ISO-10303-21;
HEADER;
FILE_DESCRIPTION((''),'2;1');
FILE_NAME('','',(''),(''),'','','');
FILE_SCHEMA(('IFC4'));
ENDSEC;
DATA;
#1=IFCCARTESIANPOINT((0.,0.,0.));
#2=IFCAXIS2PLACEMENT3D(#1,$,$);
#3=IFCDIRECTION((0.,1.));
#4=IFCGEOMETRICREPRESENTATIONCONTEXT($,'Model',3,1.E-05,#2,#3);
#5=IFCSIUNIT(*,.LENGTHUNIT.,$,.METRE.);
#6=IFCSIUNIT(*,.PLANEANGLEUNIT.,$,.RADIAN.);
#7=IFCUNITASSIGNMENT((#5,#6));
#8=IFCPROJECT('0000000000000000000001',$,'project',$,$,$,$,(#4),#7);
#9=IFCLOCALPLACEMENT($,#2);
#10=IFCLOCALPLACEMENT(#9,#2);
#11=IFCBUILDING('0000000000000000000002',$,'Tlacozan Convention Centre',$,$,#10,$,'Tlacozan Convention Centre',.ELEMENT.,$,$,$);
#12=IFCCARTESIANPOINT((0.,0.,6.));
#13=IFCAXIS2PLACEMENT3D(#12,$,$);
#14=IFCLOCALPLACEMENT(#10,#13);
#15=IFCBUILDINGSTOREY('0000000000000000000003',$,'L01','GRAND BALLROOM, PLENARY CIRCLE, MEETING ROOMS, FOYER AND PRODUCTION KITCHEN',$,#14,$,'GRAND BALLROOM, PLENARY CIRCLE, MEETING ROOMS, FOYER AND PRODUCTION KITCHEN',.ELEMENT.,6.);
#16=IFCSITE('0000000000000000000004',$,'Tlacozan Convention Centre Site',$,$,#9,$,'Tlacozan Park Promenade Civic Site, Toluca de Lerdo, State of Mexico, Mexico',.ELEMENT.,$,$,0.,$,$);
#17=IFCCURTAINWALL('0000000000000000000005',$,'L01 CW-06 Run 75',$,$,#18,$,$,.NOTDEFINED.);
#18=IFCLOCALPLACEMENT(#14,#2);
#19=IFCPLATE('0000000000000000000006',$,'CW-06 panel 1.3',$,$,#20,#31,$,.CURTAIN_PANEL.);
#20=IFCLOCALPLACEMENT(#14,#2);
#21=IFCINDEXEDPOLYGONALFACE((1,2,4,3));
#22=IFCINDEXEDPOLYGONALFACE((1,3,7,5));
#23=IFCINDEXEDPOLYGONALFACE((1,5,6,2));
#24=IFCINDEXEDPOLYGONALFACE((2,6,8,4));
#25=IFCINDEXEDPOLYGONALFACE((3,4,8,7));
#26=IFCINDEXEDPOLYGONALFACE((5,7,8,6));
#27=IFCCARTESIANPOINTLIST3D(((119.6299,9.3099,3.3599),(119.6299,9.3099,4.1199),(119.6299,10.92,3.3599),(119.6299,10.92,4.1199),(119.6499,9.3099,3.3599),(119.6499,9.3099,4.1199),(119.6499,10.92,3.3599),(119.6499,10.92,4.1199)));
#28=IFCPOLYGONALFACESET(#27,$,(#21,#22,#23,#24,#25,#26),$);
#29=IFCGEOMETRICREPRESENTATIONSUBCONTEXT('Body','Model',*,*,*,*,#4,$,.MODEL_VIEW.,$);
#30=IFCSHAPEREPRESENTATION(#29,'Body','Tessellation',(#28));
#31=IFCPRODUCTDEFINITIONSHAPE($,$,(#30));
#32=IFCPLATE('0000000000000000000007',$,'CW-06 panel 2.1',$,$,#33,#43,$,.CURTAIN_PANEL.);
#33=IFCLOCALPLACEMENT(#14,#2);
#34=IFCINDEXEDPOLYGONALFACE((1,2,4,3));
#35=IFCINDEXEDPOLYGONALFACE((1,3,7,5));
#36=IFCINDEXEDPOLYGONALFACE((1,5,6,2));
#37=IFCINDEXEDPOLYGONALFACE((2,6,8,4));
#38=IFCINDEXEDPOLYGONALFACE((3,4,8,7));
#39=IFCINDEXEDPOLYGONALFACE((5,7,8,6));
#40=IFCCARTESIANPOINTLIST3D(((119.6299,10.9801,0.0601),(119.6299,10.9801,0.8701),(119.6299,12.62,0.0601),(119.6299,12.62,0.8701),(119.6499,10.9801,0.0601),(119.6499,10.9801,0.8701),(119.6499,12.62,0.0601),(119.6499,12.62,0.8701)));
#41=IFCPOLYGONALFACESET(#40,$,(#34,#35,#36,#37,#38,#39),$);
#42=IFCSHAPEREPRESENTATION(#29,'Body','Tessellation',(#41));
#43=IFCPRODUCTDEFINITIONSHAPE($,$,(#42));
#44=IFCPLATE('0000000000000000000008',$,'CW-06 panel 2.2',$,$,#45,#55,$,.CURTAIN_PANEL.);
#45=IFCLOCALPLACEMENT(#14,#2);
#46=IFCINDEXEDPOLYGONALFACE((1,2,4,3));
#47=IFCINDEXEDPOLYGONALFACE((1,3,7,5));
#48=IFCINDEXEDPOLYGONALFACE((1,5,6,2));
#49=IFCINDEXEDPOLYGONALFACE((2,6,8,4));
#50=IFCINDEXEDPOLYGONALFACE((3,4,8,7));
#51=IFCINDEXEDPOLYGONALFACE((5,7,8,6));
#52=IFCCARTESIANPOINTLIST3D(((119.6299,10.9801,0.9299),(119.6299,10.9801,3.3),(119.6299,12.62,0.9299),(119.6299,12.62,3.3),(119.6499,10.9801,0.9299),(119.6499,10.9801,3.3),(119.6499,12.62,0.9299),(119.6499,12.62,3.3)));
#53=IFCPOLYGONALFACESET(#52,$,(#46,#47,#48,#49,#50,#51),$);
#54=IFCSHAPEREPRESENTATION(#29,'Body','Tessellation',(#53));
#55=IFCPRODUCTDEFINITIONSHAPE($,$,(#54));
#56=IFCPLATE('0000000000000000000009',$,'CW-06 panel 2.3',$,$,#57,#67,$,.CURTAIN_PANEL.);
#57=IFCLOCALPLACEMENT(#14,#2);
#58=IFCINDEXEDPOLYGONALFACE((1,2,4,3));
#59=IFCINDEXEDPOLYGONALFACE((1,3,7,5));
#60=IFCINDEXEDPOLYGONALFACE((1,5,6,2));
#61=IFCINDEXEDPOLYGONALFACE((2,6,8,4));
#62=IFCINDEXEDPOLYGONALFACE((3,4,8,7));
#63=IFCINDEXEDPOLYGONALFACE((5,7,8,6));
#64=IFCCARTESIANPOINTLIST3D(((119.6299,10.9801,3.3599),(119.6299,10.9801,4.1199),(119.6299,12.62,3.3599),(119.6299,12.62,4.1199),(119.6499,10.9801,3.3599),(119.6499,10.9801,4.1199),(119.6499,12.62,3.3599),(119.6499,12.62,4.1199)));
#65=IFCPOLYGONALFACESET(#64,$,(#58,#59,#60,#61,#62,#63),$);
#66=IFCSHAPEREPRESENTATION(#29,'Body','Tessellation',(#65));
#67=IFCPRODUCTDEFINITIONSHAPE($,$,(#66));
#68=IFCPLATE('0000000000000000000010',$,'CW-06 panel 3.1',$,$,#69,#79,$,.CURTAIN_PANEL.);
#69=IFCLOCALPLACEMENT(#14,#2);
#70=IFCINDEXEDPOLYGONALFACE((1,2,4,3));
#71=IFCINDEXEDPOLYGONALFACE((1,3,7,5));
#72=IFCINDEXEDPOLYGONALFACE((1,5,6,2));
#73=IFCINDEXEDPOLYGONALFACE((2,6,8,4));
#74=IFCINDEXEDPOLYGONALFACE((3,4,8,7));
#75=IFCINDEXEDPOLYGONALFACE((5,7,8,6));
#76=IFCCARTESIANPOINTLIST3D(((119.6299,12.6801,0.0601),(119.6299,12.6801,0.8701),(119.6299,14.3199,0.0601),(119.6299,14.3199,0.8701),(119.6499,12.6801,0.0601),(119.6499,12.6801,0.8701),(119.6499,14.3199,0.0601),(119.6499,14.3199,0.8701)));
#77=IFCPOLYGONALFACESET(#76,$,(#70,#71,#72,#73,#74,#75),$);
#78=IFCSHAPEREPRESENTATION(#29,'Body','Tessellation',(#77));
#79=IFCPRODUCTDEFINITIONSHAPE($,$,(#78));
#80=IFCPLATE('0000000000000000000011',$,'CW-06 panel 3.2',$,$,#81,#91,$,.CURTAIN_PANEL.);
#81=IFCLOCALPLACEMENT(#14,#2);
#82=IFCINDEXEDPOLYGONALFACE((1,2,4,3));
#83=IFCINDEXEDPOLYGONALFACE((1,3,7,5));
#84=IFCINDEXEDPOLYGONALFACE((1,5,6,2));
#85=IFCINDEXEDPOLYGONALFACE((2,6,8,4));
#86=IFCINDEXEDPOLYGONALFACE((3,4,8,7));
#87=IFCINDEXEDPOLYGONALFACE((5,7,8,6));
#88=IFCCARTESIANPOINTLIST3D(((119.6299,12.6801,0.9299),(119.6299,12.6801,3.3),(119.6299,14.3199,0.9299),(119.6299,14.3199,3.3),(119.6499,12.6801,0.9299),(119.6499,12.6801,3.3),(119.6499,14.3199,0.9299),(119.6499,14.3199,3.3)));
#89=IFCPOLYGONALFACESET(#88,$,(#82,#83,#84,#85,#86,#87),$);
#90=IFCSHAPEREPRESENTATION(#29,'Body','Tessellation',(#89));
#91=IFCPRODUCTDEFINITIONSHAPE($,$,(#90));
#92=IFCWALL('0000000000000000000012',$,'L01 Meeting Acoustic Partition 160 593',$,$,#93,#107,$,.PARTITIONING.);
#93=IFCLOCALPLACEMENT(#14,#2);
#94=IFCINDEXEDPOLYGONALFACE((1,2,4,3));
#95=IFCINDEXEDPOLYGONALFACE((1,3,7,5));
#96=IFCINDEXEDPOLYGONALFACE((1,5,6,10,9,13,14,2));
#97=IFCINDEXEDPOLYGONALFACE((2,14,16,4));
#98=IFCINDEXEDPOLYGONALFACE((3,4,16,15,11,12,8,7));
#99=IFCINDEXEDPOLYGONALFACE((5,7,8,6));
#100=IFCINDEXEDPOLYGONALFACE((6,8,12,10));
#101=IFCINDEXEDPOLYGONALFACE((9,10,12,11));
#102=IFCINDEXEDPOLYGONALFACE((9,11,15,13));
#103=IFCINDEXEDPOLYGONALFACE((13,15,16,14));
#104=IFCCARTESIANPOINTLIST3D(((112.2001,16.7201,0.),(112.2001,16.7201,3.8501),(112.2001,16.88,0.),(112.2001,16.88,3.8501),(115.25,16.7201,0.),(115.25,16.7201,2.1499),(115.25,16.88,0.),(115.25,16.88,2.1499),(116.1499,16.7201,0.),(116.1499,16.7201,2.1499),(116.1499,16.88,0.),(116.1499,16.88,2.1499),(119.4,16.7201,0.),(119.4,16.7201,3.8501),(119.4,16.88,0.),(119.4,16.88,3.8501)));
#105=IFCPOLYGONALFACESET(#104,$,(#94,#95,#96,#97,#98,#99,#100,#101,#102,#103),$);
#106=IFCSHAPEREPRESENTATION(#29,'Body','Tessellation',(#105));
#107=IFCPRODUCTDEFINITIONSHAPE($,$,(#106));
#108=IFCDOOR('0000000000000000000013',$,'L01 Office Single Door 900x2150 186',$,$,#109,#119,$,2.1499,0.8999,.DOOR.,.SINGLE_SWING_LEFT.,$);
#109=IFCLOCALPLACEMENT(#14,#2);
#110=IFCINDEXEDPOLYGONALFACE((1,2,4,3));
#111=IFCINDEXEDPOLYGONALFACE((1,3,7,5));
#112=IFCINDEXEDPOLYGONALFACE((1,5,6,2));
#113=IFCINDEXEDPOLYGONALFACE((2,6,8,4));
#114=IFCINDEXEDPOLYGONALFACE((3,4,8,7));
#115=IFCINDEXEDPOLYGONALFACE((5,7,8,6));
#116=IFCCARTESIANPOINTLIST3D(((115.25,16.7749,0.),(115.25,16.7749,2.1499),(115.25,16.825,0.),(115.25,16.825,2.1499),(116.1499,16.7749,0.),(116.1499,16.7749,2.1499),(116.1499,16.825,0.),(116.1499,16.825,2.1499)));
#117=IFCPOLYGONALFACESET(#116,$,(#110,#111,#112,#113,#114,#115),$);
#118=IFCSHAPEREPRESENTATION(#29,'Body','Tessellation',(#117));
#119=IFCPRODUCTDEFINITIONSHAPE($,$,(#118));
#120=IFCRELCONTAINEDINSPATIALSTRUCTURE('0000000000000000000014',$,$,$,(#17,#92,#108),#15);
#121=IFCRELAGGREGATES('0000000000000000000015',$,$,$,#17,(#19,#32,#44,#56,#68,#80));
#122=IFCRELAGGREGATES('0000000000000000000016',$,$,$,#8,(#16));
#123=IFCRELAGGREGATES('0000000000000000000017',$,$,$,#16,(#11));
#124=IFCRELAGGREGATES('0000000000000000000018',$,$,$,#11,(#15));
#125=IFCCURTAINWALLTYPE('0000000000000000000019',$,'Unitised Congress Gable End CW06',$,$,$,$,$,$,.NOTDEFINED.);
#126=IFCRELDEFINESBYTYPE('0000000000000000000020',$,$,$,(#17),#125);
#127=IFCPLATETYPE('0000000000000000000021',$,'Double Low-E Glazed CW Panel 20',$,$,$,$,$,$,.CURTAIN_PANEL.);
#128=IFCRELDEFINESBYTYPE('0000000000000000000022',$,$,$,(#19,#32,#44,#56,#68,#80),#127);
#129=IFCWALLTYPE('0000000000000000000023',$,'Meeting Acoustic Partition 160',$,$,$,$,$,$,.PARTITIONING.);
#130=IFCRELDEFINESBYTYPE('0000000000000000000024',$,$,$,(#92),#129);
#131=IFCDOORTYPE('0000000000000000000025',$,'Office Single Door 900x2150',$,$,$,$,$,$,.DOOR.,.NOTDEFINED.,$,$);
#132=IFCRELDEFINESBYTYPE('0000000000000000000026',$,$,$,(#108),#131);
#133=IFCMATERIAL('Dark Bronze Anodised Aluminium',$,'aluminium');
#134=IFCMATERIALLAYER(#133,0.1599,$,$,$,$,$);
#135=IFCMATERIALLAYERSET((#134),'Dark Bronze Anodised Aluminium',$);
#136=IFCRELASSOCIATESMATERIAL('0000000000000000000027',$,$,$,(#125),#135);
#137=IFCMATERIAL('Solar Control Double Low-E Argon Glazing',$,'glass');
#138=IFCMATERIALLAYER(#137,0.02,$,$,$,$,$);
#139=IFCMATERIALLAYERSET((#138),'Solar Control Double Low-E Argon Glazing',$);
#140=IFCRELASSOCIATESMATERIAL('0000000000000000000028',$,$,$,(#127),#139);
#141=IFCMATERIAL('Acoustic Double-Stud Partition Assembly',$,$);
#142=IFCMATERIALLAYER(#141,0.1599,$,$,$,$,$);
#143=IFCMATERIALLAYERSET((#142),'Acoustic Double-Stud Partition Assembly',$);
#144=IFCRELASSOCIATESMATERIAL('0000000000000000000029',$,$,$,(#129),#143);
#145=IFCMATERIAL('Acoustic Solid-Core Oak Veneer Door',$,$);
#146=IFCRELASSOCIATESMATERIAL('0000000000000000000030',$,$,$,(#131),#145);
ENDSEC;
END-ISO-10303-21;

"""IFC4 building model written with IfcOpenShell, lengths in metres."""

from ifc_helpers import new_model, si_unit, direction, frame, frame_2d, origin, origin_2d, place, context, subcontext, project, spatial, rectangle, extrude, material, layer, layer_set, type_object, element, fill, aggregate, save


model = new_model("IFC4")

# Units and contexts
model_context = context("Model", 3, precision=1e-05, world=origin(), true_north=direction((0.0, 1.0)))
body_context = subcontext(model_context, "Body", "Model", "MODEL_VIEW")
ifc_project = project(units=[si_unit("LENGTHUNIT", "METRE"), si_unit("PLANEANGLEUNIT", "RADIAN")], contexts=[model_context])

# Site, building, storey
site_placement = place(None, origin())
site = spatial("IfcSite", under=ifc_project, at=site_placement, Name="Tlacozan Convention Centre Site", LongName="Tlacozan Park Promenade Civic Site, Toluca de Lerdo, State of Mexico, Mexico", CompositionType="ELEMENT", RefElevation=0.0)
building_placement = place(site_placement, origin())
building = spatial("IfcBuilding", under=site, at=building_placement, Name="Tlacozan Convention Centre", LongName="Tlacozan Convention Centre", CompositionType="ELEMENT")
storey_placement = place(building_placement, frame((0.0, 0.0, 6.0)))
storey = spatial("IfcBuildingStorey", under=building, at=storey_placement, Name="L01", Description="GRAND BALLROOM, PLENARY CIRCLE, MEETING ROOMS, FOYER AND PRODUCTION KITCHEN", LongName="GRAND BALLROOM, PLENARY CIRCLE, MEETING ROOMS, FOYER AND PRODUCTION KITCHEN", CompositionType="ELEMENT", Elevation=6.0)

# Curtain wall
ifc_material_1 = material(Name="Dark Bronze Anodised Aluminium", Category="aluminium")
ifc_layer_1 = layer(ifc_material_1, 0.1599)
ifc_layer_set_1 = layer_set([ifc_layer_1], Name="Dark Bronze Anodised Aluminium")
curtain_wall_type = type_object("IfcCurtainWallType", Name="Unitised Congress Gable End CW06", PredefinedType="NOTDEFINED", material=ifc_layer_set_1)
curtain_wall_placement = place(storey_placement, origin())
curtain_wall = element("IfcCurtainWall", 1, at=curtain_wall_placement, inside=storey, type_object=curtain_wall_type, Name="L01 CW-06 Run 75", PredefinedType="NOTDEFINED")

# Plates
ifc_material_2 = material(Name="Solar Control Double Low-E Argon Glazing", Category="glass")
ifc_layer_2 = layer(ifc_material_2, 0.02)
ifc_layer_set_2 = layer_set([ifc_layer_2], Name="Solar Control Double Low-E Argon Glazing")
plate_type = type_object("IfcPlateType", Name="Double Low-E Glazed CW Panel 20", PredefinedType="CURTAIN_PANEL", material=ifc_layer_set_2)
plate_1_placement = place(storey_placement, frame((119.6399, 10.115, 3.3599), z_axis=(0.0, 0.0, 1.0), x_axis=(0.0, 1.0, 0.0)))
plate_1 = element("IfcPlate", 2, at=plate_1_placement, type_object=plate_type, Name="CW-06 panel 1.3", PredefinedType="CURTAIN_PANEL", context=body_context, shape_type="SweptSolid", body=[
    extrude(rectangle(XDim=1.6101, YDim=0.02, at=origin_2d()), origin(), (0.0, 0.0, 1.0), 0.76),
])
plate_2_placement = place(storey_placement, frame((119.6399, 11.8, 0.0601), z_axis=(0.0, 0.0, 1.0), x_axis=(0.0, 1.0, 0.0)))
plate_2 = element("IfcPlate", 3, at=plate_2_placement, type_object=plate_type, Name="CW-06 panel 2.1", PredefinedType="CURTAIN_PANEL", context=body_context, shape_type="SweptSolid", body=[
    extrude(rectangle(XDim=1.6399, YDim=0.02, at=origin_2d()), origin(), (0.0, 0.0, 1.0), 0.8101),
])
plate_3_placement = place(storey_placement, frame((119.6399, 11.8, 0.9299), z_axis=(0.0, 0.0, 1.0), x_axis=(0.0, 1.0, 0.0)))
plate_3 = element("IfcPlate", 4, at=plate_3_placement, type_object=plate_type, Name="CW-06 panel 2.2", PredefinedType="CURTAIN_PANEL", context=body_context, shape_type="SweptSolid", body=[
    extrude(rectangle(XDim=1.6399, YDim=0.02, at=origin_2d()), origin(), (0.0, 0.0, 1.0), 2.3701),
])
plate_4_placement = place(storey_placement, frame((119.6399, 11.8, 3.3599), z_axis=(0.0, 0.0, 1.0), x_axis=(0.0, 1.0, 0.0)))
plate_4 = element("IfcPlate", 5, at=plate_4_placement, type_object=plate_type, Name="CW-06 panel 2.3", PredefinedType="CURTAIN_PANEL", context=body_context, shape_type="SweptSolid", body=[
    extrude(rectangle(XDim=1.6399, YDim=0.02, at=origin_2d()), origin(), (0.0, 0.0, 1.0), 0.76),
])
plate_5_placement = place(storey_placement, frame((119.6399, 13.5, 0.0601), z_axis=(0.0, 0.0, 1.0), x_axis=(0.0, 1.0, 0.0)))
plate_5 = element("IfcPlate", 6, at=plate_5_placement, type_object=plate_type, Name="CW-06 panel 3.1", PredefinedType="CURTAIN_PANEL", context=body_context, shape_type="SweptSolid", body=[
    extrude(rectangle(XDim=1.6399, YDim=0.02, at=origin_2d()), origin(), (0.0, 0.0, 1.0), 0.8101),
])
plate_6_placement = place(storey_placement, frame((119.6399, 13.5, 0.9299), z_axis=(0.0, 0.0, 1.0), x_axis=(0.0, 1.0, 0.0)))
plate_6 = element("IfcPlate", 7, at=plate_6_placement, type_object=plate_type, Name="CW-06 panel 3.2", PredefinedType="CURTAIN_PANEL", context=body_context, shape_type="SweptSolid", body=[
    extrude(rectangle(XDim=1.6399, YDim=0.02, at=origin_2d()), origin(), (0.0, 0.0, 1.0), 2.3701),
])
aggregate(curtain_wall, [plate_1, plate_2, plate_3, plate_4, plate_5, plate_6])

# Wall, opening, door
ifc_material_3 = material(Name="Acoustic Double-Stud Partition Assembly")
ifc_layer_3 = layer(ifc_material_3, 0.1599)
ifc_layer_set_3 = layer_set([ifc_layer_3], Name="Acoustic Double-Stud Partition Assembly")
wall_type = type_object("IfcWallType", Name="Meeting Acoustic Partition 160", PredefinedType="PARTITIONING", material=ifc_layer_set_3)
wall_placement = place(storey_placement, frame((112.2, 16.8, 0.0), z_axis=(0.0, 0.0, 1.0), x_axis=(1.0, 0.0, 0.0)))
wall = element("IfcWall", 8, at=wall_placement, inside=storey, type_object=wall_type, Name="L01 Meeting Acoustic Partition 160 593", PredefinedType="PARTITIONING", context=body_context, shape_type="SweptSolid", body=[
    extrude(rectangle(XDim=7.2, YDim=0.1599, at=frame_2d((3.6001, 0.0))), origin(), (0.0, 0.0, 1.0), 3.8501),
])
opening_placement = place(wall_placement, frame((3.05, 0.0, 0.0)))
opening = element("IfcOpeningElement", 9, at=opening_placement, cuts=wall, PredefinedType="OPENING", context=body_context, shape_type="SweptSolid", body=[
    extrude(rectangle(XDim=0.8999, YDim=2.1499, at=frame_2d((0.45, 1.075))), frame((0.0, 0.0898, 0.0), z_axis=(0.0, -1.0, 0.0), x_axis=(1.0, 0.0, 0.0)), (0.0, 0.0, 1.0), 0.1799),
])
ifc_material_4 = material(Name="Acoustic Solid-Core Oak Veneer Door")
door_type = type_object("IfcDoorType", Name="Office Single Door 900x2150", OperationType="NOTDEFINED", PredefinedType="DOOR", material=ifc_material_4)
door_placement = place(opening_placement, origin())
door = element("IfcDoor", 10, at=door_placement, inside=storey, type_object=door_type, Name="L01 Office Single Door 900x2150 186", OperationType="SINGLE_SWING_LEFT", OverallHeight=2.1499, OverallWidth=0.8999, PredefinedType="DOOR", context=body_context, shape_type="SweptSolid", body=[
    extrude(rectangle(XDim=0.8999, YDim=2.1499, at=frame_2d((0.45, 1.075))), frame((0.0, 0.0249, 0.0), z_axis=(0.0, -1.0, 0.0), x_axis=(1.0, 0.0, 0.0)), (0.0, 0.0, 1.0), 0.05),
])
fill(opening, door)

save(model, "model.ifc")
